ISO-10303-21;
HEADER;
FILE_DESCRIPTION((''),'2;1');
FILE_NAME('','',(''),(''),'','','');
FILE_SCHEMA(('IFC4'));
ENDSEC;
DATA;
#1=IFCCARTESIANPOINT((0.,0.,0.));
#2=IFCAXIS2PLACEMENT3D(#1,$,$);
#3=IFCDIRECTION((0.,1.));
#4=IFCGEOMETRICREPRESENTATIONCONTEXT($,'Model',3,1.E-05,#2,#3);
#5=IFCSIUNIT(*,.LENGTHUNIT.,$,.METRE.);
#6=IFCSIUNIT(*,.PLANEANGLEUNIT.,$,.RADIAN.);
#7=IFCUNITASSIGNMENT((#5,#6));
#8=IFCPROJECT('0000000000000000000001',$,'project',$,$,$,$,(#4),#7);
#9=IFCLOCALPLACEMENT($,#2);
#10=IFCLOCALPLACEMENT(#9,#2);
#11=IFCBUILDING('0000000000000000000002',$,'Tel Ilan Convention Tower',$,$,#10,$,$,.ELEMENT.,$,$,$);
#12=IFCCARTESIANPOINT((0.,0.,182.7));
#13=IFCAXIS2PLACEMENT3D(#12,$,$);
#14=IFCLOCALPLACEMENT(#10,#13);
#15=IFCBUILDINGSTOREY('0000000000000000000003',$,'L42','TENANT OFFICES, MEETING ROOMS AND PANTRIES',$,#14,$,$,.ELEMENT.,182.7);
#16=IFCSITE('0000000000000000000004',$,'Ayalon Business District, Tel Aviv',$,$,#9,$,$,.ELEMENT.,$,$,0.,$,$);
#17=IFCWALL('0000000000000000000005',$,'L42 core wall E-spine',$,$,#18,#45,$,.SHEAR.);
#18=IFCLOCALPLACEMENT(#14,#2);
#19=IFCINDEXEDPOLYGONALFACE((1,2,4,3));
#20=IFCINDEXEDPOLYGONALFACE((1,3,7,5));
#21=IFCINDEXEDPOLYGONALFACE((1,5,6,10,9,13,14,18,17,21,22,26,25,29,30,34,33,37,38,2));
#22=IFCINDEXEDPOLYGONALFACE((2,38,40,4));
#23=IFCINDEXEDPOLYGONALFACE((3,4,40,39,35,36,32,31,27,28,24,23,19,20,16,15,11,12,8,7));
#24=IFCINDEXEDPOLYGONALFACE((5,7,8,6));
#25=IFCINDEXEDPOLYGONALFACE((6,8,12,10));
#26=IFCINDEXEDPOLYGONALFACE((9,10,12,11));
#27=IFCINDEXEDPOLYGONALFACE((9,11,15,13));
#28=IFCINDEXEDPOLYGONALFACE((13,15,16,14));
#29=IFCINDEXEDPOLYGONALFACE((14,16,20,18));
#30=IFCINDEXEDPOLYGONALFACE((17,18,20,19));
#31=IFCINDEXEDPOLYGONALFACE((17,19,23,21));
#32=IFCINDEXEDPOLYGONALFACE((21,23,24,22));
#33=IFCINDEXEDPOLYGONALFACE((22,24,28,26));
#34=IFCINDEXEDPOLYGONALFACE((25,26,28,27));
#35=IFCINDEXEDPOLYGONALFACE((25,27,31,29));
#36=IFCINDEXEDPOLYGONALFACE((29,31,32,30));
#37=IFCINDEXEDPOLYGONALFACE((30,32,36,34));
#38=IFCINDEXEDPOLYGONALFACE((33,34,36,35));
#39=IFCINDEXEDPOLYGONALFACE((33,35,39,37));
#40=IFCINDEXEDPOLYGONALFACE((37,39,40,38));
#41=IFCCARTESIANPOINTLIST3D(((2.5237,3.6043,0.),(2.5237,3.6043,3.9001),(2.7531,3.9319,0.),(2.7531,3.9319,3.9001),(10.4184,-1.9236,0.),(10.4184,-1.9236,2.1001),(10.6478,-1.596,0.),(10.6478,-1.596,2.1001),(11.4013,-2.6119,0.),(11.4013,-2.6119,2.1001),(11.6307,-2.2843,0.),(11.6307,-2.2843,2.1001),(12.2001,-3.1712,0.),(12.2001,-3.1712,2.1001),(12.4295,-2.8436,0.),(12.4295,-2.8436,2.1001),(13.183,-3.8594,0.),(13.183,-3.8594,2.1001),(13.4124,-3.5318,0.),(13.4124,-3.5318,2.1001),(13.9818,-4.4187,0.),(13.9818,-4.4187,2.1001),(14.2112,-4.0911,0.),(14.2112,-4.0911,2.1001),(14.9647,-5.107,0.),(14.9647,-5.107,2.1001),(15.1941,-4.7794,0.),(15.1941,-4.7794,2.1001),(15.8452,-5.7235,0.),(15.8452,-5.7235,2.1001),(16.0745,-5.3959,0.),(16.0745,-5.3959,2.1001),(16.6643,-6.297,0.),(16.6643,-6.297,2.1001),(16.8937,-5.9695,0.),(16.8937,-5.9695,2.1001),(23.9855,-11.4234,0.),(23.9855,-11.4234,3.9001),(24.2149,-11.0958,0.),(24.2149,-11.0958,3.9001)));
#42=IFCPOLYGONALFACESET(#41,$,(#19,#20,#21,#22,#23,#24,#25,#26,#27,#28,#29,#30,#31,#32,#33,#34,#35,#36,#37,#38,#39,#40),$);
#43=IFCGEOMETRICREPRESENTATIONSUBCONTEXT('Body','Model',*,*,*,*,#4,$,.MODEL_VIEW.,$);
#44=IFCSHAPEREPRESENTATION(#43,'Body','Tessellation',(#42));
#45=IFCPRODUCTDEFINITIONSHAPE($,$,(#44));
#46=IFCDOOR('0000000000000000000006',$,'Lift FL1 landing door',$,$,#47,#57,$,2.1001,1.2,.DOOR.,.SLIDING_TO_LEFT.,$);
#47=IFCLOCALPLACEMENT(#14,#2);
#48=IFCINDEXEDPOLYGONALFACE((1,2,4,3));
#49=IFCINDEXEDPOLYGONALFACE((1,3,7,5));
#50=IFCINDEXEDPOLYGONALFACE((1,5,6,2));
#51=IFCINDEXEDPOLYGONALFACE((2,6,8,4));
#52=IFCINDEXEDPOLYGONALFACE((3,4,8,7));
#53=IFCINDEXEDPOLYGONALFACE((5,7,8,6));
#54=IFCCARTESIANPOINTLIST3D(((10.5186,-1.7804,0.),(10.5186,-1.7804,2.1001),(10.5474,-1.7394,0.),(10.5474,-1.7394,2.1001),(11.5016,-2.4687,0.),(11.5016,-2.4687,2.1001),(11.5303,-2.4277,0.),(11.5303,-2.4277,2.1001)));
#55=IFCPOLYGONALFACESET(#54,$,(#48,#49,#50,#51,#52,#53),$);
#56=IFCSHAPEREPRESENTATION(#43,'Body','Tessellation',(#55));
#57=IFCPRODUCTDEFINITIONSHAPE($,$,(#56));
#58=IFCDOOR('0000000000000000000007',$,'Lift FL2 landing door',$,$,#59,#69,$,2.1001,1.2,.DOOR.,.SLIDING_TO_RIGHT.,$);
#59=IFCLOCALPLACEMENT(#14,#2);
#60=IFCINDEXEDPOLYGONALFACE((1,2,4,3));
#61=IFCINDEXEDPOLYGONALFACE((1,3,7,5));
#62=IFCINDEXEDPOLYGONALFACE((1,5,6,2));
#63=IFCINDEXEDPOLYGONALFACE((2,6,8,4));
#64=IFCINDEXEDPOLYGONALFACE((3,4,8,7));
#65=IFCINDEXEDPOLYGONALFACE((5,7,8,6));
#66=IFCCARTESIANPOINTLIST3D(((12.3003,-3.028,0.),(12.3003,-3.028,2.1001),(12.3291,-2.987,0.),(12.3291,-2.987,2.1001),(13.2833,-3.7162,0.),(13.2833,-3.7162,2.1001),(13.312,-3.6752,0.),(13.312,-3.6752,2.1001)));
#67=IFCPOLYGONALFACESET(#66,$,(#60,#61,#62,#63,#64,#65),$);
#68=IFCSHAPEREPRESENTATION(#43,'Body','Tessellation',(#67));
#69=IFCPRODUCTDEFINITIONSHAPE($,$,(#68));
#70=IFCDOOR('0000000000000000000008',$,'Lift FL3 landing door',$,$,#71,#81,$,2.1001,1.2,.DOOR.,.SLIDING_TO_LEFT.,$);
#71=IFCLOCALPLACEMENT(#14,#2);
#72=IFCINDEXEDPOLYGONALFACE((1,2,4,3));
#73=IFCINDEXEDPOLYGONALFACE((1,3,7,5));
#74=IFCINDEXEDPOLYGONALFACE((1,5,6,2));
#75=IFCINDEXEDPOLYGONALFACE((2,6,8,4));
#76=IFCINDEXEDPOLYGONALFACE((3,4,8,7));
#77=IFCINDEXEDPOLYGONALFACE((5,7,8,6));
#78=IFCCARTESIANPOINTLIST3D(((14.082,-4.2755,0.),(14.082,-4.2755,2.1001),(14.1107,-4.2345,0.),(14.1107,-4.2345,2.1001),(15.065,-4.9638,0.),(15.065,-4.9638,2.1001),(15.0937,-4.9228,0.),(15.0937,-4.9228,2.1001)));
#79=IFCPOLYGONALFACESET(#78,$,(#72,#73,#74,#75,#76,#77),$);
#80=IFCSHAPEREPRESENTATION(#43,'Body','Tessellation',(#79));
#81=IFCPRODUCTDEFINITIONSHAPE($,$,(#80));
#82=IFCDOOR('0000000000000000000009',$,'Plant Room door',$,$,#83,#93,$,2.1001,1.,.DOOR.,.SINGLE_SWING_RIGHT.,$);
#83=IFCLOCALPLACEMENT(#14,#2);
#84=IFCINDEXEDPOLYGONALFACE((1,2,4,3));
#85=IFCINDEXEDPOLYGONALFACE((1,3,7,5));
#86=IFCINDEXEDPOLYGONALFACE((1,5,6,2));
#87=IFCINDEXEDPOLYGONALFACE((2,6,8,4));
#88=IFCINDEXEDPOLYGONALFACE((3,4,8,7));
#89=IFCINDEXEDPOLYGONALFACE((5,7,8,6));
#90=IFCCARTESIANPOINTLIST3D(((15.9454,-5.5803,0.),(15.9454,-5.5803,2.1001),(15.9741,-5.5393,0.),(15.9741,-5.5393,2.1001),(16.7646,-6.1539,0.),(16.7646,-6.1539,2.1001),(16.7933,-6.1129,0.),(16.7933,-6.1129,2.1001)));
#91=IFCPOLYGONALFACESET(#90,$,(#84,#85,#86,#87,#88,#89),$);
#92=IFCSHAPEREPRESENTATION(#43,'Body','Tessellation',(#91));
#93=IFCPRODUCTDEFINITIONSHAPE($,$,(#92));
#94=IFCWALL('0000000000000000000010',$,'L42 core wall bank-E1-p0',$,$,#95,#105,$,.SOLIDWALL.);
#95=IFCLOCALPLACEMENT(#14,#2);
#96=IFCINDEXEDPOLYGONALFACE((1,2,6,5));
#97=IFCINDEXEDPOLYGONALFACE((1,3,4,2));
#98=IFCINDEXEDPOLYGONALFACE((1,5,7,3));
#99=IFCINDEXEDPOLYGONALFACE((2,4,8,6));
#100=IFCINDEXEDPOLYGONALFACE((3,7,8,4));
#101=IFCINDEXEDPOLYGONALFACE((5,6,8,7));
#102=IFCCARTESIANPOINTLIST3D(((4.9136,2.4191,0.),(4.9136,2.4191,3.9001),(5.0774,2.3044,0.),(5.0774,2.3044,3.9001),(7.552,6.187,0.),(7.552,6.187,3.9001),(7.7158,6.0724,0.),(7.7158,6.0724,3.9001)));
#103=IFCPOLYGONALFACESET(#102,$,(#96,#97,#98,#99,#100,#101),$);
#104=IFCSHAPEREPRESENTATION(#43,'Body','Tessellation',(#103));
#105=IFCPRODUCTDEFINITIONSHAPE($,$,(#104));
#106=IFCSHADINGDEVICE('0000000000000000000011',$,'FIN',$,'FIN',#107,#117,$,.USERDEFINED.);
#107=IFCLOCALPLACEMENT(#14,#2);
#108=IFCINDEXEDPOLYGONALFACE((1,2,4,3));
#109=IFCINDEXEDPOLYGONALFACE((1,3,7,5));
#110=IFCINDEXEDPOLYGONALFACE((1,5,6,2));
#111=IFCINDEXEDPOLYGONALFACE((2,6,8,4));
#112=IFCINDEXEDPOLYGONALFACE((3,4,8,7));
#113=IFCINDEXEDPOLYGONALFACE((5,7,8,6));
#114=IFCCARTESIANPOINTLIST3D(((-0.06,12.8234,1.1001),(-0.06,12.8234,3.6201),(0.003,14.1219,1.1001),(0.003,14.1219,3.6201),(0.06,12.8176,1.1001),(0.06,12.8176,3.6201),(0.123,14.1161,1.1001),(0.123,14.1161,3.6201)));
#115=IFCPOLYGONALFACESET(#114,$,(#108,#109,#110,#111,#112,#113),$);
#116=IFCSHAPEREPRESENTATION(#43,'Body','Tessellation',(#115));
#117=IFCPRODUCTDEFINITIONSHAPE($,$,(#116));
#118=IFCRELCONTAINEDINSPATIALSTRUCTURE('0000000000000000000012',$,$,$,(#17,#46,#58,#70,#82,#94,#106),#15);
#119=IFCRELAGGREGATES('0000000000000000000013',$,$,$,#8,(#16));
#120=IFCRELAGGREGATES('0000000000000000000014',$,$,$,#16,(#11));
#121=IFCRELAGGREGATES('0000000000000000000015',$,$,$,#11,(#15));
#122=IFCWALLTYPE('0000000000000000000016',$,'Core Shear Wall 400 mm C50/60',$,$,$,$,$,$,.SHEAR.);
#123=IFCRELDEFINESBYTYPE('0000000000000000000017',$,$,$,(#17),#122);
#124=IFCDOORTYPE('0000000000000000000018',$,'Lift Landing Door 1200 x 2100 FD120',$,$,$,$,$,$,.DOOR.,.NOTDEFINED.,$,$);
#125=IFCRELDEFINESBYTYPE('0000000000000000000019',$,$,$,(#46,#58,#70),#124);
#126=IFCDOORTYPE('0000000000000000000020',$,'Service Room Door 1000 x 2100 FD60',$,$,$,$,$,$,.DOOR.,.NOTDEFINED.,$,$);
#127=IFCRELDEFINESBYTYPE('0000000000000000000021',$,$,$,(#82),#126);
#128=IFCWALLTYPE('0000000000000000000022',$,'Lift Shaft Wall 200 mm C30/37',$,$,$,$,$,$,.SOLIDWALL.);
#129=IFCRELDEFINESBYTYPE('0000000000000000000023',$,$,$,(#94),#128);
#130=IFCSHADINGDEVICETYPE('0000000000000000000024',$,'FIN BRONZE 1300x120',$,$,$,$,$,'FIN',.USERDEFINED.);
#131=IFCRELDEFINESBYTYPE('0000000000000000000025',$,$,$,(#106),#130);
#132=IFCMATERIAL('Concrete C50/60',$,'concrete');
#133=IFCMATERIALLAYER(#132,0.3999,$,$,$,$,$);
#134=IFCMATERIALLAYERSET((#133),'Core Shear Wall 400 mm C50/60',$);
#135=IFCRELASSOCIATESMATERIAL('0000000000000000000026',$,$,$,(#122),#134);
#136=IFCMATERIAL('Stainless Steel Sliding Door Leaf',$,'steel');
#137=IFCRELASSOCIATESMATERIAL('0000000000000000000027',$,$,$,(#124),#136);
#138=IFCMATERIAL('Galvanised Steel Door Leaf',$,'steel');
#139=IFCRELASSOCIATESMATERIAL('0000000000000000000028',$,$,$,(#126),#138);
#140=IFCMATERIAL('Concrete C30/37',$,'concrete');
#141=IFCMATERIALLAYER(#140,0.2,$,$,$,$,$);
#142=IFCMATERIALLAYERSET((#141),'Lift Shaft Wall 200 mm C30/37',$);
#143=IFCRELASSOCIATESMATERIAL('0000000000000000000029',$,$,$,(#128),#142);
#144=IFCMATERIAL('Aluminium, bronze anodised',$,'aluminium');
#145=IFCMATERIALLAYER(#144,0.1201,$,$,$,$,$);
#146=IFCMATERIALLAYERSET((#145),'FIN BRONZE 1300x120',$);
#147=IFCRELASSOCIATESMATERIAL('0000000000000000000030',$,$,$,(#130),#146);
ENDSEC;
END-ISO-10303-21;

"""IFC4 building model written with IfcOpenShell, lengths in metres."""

from ifc_helpers import new_model, si_unit, direction, frame, frame_2d, origin, origin_2d, place, context, subcontext, project, spatial, polyline, rectangle, outline, extrude, material, layer, layer_set, type_object, element, fill, save


model = new_model("IFC4")

# Units and contexts
model_context = context("Model", 3, precision=1e-05, world=origin(), true_north=direction((0.0, 1.0)))
body_context = subcontext(model_context, "Body", "Model", "MODEL_VIEW")
ifc_project = project(units=[si_unit("LENGTHUNIT", "METRE"), si_unit("PLANEANGLEUNIT", "RADIAN")], contexts=[model_context])

# Site, building, storey
site_placement = place(None, origin())
site = spatial("IfcSite", under=ifc_project, at=site_placement, Name="Ayalon Business District, Tel Aviv", CompositionType="ELEMENT", RefElevation=0.0)
building_placement = place(site_placement, origin())
building = spatial("IfcBuilding", under=site, at=building_placement, Name="Tel Ilan Convention Tower", CompositionType="ELEMENT")
storey_placement = place(building_placement, frame((0.0, 0.0, 182.7)))
storey = spatial("IfcBuildingStorey", under=building, at=storey_placement, Name="L42", Description="TENANT OFFICES, MEETING ROOMS AND PANTRIES", CompositionType="ELEMENT", Elevation=182.7)

# Wall, openings, doors
ifc_material_1 = material(Name="Concrete C50/60", Category="concrete")
ifc_layer_1 = layer(ifc_material_1, 0.3999)
ifc_layer_set_1 = layer_set([ifc_layer_1], Name="Core Shear Wall 400 mm C50/60")
wall_type_1 = type_object("IfcWallType", Name="Core Shear Wall 400 mm C50/60", PredefinedType="SHEAR", material=ifc_layer_set_1)
wall_1_placement = place(storey_placement, frame((2.6384, 3.7681, 0.0), z_axis=(0.0, 0.0, 1.0), x_axis=(0.819153, -0.573576, 0.0)))
wall_1 = element("IfcWall", 1, at=wall_1_placement, inside=storey, type_object=wall_type_1, Name="L42 core wall E-spine", PredefinedType="SHEAR", context=body_context, shape_type="SweptSolid", body=[
    extrude(outline(polyline([(0.0, 0.2), (0.0, -0.2), (26.2, -0.2), (26.2, 0.2), (0.0, 0.2)])), origin(), (0.0, 0.0, 1.0), 3.9001),
])
opening_1_placement = place(wall_1_placement, frame((9.6375, 0.0, 0.0)))
opening_1 = element("IfcOpeningElement", 2, at=opening_1_placement, cuts=wall_1, PredefinedType="OPENING", context=body_context, shape_type="SweptSolid", body=[
    extrude(rectangle(XDim=1.2, YDim=2.1001, at=frame_2d((0.6001, 1.05))), frame((0.0, 0.21, 0.0), z_axis=(0.0, -1.0, 0.0), x_axis=(1.0, 0.0, 0.0)), (0.0, 0.0, 1.0), 0.4199),
])
opening_2_placement = place(wall_1_placement, frame((11.8125, 0.0, 0.0)))
opening_2 = element("IfcOpeningElement", 3, at=opening_2_placement, cuts=wall_1, PredefinedType="OPENING", context=body_context, shape_type="SweptSolid", body=[
    extrude(rectangle(XDim=1.2, YDim=2.1001, at=frame_2d((0.6001, 1.05))), frame((0.0, 0.21, 0.0), z_axis=(0.0, -1.0, 0.0), x_axis=(1.0, 0.0, 0.0)), (0.0, 0.0, 1.0), 0.4199),
])
opening_3_placement = place(wall_1_placement, frame((13.9875, 0.0, 0.0)))
opening_3 = element("IfcOpeningElement", 4, at=opening_3_placement, cuts=wall_1, PredefinedType="OPENING", context=body_context, shape_type="SweptSolid", body=[
    extrude(rectangle(XDim=1.2, YDim=2.1001, at=frame_2d((0.6001, 1.05))), frame((0.0, 0.21, 0.0), z_axis=(0.0, -1.0, 0.0), x_axis=(1.0, 0.0, 0.0)), (0.0, 0.0, 1.0), 0.4199),
])
opening_4_placement = place(wall_1_placement, frame((16.2625, 0.0, 0.0)))
opening_4 = element("IfcOpeningElement", 5, at=opening_4_placement, cuts=wall_1, PredefinedType="OPENING", context=body_context, shape_type="SweptSolid", body=[
    extrude(rectangle(XDim=1.0, YDim=2.1001, at=frame_2d((0.5, 1.05))), frame((0.0, 0.21, 0.0), z_axis=(0.0, -1.0, 0.0), x_axis=(1.0, 0.0, 0.0)), (0.0, 0.0, 1.0), 0.4199),
])
ifc_material_2 = material(Name="Stainless Steel Sliding Door Leaf", Category="steel")
door_type_1 = type_object("IfcDoorType", Name="Lift Landing Door 1200 x 2100 FD120", OperationType="NOTDEFINED", PredefinedType="DOOR", material=ifc_material_2)
door_1_placement = place(opening_1_placement, origin())
door_1 = element("IfcDoor", 6, at=door_1_placement, inside=storey, type_object=door_type_1, Name="Lift FL1 landing door", OperationType="SLIDING_TO_LEFT", OverallHeight=2.1001, OverallWidth=1.2, PredefinedType="DOOR", context=body_context, shape_type="SweptSolid", body=[
    extrude(rectangle(XDim=1.2, YDim=2.1001, at=frame_2d((0.6001, 1.05))), frame((0.0, 0.0249, 0.0), z_axis=(0.0, -1.0, 0.0), x_axis=(1.0, 0.0, 0.0)), (0.0, 0.0, 1.0), 0.05),
])
fill(opening_1, door_1)
door_2_placement = place(opening_2_placement, origin())
door_2 = element("IfcDoor", 7, at=door_2_placement, inside=storey, type_object=door_type_1, Name="Lift FL2 landing door", OperationType="SLIDING_TO_RIGHT", OverallHeight=2.1001, OverallWidth=1.2, PredefinedType="DOOR", context=body_context, shape_type="SweptSolid", body=[
    extrude(rectangle(XDim=1.2, YDim=2.1001, at=frame_2d((0.6001, 1.05))), frame((0.0, 0.0249, 0.0), z_axis=(0.0, -1.0, 0.0), x_axis=(1.0, 0.0, 0.0)), (0.0, 0.0, 1.0), 0.05),
])
fill(opening_2, door_2)
door_3_placement = place(opening_3_placement, origin())
door_3 = element("IfcDoor", 8, at=door_3_placement, inside=storey, type_object=door_type_1, Name="Lift FL3 landing door", OperationType="SLIDING_TO_LEFT", OverallHeight=2.1001, OverallWidth=1.2, PredefinedType="DOOR", context=body_context, shape_type="SweptSolid", body=[
    extrude(rectangle(XDim=1.2, YDim=2.1001, at=frame_2d((0.6001, 1.05))), frame((0.0, 0.0249, 0.0), z_axis=(0.0, -1.0, 0.0), x_axis=(1.0, 0.0, 0.0)), (0.0, 0.0, 1.0), 0.05),
])
fill(opening_3, door_3)
ifc_material_3 = material(Name="Galvanised Steel Door Leaf", Category="steel")
door_type_2 = type_object("IfcDoorType", Name="Service Room Door 1000 x 2100 FD60", OperationType="NOTDEFINED", PredefinedType="DOOR", material=ifc_material_3)
door_4_placement = place(opening_4_placement, origin())
door_4 = element("IfcDoor", 9, at=door_4_placement, inside=storey, type_object=door_type_2, Name="Plant Room door", OperationType="SINGLE_SWING_RIGHT", OverallHeight=2.1001, OverallWidth=1.0, PredefinedType="DOOR", context=body_context, shape_type="SweptSolid", body=[
    extrude(rectangle(XDim=1.0, YDim=2.1001, at=frame_2d((0.5, 1.05))), frame((0.0, 0.0249, 0.0), z_axis=(0.0, -1.0, 0.0), x_axis=(1.0, 0.0, 0.0)), (0.0, 0.0, 1.0), 0.05),
])
fill(opening_4, door_4)

# Wall
ifc_material_4 = material(Name="Concrete C30/37", Category="concrete")
ifc_layer_2 = layer(ifc_material_4, 0.2)
ifc_layer_set_2 = layer_set([ifc_layer_2], Name="Lift Shaft Wall 200 mm C30/37")
wall_type_2 = type_object("IfcWallType", Name="Lift Shaft Wall 200 mm C30/37", PredefinedType="SOLIDWALL", material=ifc_layer_set_2)
wall_2_placement = place(storey_placement, frame((4.9956, 2.3618, 0.0), z_axis=(0.0, 0.0, 1.0), x_axis=(0.573576, 0.819152, 0.0)))
element("IfcWall", 10, at=wall_2_placement, inside=storey, type_object=wall_type_2, Name="L42 core wall bank-E1-p0", PredefinedType="SOLIDWALL", context=body_context, shape_type="SweptSolid", body=[
    extrude(rectangle(XDim=4.5999, YDim=0.2, at=frame_2d((2.2998, 0.0))), origin(), (0.0, 0.0, 1.0), 3.9001),
])

# Shading device
ifc_material_5 = material(Name="Aluminium, bronze anodised", Category="aluminium")
ifc_layer_3 = layer(ifc_material_5, 0.1201)
ifc_layer_set_3 = layer_set([ifc_layer_3], Name="FIN BRONZE 1300x120")
shading_device_type_1 = type_object("IfcShadingDeviceType", Name="FIN BRONZE 1300x120", ElementType="FIN", PredefinedType="USERDEFINED", material=ifc_layer_set_3)
shading_device_1_placement = place(storey_placement, frame((0.0315, 13.4697, 1.1001), z_axis=(0.0, 0.0, 1.0), x_axis=(0.048462, 0.998825, 0.0)))
element("IfcShadingDevice", 11, at=shading_device_1_placement, inside=storey, type_object=shading_device_type_1, Name="FIN", ObjectType="FIN", PredefinedType="USERDEFINED", context=body_context, shape_type="SweptSolid", body=[
    extrude(rectangle(XDim=1.3, YDim=0.1201, at=origin_2d()), origin(), (0.0, 0.0, 1.0), 2.52),
])

save(model, "model.ifc")
